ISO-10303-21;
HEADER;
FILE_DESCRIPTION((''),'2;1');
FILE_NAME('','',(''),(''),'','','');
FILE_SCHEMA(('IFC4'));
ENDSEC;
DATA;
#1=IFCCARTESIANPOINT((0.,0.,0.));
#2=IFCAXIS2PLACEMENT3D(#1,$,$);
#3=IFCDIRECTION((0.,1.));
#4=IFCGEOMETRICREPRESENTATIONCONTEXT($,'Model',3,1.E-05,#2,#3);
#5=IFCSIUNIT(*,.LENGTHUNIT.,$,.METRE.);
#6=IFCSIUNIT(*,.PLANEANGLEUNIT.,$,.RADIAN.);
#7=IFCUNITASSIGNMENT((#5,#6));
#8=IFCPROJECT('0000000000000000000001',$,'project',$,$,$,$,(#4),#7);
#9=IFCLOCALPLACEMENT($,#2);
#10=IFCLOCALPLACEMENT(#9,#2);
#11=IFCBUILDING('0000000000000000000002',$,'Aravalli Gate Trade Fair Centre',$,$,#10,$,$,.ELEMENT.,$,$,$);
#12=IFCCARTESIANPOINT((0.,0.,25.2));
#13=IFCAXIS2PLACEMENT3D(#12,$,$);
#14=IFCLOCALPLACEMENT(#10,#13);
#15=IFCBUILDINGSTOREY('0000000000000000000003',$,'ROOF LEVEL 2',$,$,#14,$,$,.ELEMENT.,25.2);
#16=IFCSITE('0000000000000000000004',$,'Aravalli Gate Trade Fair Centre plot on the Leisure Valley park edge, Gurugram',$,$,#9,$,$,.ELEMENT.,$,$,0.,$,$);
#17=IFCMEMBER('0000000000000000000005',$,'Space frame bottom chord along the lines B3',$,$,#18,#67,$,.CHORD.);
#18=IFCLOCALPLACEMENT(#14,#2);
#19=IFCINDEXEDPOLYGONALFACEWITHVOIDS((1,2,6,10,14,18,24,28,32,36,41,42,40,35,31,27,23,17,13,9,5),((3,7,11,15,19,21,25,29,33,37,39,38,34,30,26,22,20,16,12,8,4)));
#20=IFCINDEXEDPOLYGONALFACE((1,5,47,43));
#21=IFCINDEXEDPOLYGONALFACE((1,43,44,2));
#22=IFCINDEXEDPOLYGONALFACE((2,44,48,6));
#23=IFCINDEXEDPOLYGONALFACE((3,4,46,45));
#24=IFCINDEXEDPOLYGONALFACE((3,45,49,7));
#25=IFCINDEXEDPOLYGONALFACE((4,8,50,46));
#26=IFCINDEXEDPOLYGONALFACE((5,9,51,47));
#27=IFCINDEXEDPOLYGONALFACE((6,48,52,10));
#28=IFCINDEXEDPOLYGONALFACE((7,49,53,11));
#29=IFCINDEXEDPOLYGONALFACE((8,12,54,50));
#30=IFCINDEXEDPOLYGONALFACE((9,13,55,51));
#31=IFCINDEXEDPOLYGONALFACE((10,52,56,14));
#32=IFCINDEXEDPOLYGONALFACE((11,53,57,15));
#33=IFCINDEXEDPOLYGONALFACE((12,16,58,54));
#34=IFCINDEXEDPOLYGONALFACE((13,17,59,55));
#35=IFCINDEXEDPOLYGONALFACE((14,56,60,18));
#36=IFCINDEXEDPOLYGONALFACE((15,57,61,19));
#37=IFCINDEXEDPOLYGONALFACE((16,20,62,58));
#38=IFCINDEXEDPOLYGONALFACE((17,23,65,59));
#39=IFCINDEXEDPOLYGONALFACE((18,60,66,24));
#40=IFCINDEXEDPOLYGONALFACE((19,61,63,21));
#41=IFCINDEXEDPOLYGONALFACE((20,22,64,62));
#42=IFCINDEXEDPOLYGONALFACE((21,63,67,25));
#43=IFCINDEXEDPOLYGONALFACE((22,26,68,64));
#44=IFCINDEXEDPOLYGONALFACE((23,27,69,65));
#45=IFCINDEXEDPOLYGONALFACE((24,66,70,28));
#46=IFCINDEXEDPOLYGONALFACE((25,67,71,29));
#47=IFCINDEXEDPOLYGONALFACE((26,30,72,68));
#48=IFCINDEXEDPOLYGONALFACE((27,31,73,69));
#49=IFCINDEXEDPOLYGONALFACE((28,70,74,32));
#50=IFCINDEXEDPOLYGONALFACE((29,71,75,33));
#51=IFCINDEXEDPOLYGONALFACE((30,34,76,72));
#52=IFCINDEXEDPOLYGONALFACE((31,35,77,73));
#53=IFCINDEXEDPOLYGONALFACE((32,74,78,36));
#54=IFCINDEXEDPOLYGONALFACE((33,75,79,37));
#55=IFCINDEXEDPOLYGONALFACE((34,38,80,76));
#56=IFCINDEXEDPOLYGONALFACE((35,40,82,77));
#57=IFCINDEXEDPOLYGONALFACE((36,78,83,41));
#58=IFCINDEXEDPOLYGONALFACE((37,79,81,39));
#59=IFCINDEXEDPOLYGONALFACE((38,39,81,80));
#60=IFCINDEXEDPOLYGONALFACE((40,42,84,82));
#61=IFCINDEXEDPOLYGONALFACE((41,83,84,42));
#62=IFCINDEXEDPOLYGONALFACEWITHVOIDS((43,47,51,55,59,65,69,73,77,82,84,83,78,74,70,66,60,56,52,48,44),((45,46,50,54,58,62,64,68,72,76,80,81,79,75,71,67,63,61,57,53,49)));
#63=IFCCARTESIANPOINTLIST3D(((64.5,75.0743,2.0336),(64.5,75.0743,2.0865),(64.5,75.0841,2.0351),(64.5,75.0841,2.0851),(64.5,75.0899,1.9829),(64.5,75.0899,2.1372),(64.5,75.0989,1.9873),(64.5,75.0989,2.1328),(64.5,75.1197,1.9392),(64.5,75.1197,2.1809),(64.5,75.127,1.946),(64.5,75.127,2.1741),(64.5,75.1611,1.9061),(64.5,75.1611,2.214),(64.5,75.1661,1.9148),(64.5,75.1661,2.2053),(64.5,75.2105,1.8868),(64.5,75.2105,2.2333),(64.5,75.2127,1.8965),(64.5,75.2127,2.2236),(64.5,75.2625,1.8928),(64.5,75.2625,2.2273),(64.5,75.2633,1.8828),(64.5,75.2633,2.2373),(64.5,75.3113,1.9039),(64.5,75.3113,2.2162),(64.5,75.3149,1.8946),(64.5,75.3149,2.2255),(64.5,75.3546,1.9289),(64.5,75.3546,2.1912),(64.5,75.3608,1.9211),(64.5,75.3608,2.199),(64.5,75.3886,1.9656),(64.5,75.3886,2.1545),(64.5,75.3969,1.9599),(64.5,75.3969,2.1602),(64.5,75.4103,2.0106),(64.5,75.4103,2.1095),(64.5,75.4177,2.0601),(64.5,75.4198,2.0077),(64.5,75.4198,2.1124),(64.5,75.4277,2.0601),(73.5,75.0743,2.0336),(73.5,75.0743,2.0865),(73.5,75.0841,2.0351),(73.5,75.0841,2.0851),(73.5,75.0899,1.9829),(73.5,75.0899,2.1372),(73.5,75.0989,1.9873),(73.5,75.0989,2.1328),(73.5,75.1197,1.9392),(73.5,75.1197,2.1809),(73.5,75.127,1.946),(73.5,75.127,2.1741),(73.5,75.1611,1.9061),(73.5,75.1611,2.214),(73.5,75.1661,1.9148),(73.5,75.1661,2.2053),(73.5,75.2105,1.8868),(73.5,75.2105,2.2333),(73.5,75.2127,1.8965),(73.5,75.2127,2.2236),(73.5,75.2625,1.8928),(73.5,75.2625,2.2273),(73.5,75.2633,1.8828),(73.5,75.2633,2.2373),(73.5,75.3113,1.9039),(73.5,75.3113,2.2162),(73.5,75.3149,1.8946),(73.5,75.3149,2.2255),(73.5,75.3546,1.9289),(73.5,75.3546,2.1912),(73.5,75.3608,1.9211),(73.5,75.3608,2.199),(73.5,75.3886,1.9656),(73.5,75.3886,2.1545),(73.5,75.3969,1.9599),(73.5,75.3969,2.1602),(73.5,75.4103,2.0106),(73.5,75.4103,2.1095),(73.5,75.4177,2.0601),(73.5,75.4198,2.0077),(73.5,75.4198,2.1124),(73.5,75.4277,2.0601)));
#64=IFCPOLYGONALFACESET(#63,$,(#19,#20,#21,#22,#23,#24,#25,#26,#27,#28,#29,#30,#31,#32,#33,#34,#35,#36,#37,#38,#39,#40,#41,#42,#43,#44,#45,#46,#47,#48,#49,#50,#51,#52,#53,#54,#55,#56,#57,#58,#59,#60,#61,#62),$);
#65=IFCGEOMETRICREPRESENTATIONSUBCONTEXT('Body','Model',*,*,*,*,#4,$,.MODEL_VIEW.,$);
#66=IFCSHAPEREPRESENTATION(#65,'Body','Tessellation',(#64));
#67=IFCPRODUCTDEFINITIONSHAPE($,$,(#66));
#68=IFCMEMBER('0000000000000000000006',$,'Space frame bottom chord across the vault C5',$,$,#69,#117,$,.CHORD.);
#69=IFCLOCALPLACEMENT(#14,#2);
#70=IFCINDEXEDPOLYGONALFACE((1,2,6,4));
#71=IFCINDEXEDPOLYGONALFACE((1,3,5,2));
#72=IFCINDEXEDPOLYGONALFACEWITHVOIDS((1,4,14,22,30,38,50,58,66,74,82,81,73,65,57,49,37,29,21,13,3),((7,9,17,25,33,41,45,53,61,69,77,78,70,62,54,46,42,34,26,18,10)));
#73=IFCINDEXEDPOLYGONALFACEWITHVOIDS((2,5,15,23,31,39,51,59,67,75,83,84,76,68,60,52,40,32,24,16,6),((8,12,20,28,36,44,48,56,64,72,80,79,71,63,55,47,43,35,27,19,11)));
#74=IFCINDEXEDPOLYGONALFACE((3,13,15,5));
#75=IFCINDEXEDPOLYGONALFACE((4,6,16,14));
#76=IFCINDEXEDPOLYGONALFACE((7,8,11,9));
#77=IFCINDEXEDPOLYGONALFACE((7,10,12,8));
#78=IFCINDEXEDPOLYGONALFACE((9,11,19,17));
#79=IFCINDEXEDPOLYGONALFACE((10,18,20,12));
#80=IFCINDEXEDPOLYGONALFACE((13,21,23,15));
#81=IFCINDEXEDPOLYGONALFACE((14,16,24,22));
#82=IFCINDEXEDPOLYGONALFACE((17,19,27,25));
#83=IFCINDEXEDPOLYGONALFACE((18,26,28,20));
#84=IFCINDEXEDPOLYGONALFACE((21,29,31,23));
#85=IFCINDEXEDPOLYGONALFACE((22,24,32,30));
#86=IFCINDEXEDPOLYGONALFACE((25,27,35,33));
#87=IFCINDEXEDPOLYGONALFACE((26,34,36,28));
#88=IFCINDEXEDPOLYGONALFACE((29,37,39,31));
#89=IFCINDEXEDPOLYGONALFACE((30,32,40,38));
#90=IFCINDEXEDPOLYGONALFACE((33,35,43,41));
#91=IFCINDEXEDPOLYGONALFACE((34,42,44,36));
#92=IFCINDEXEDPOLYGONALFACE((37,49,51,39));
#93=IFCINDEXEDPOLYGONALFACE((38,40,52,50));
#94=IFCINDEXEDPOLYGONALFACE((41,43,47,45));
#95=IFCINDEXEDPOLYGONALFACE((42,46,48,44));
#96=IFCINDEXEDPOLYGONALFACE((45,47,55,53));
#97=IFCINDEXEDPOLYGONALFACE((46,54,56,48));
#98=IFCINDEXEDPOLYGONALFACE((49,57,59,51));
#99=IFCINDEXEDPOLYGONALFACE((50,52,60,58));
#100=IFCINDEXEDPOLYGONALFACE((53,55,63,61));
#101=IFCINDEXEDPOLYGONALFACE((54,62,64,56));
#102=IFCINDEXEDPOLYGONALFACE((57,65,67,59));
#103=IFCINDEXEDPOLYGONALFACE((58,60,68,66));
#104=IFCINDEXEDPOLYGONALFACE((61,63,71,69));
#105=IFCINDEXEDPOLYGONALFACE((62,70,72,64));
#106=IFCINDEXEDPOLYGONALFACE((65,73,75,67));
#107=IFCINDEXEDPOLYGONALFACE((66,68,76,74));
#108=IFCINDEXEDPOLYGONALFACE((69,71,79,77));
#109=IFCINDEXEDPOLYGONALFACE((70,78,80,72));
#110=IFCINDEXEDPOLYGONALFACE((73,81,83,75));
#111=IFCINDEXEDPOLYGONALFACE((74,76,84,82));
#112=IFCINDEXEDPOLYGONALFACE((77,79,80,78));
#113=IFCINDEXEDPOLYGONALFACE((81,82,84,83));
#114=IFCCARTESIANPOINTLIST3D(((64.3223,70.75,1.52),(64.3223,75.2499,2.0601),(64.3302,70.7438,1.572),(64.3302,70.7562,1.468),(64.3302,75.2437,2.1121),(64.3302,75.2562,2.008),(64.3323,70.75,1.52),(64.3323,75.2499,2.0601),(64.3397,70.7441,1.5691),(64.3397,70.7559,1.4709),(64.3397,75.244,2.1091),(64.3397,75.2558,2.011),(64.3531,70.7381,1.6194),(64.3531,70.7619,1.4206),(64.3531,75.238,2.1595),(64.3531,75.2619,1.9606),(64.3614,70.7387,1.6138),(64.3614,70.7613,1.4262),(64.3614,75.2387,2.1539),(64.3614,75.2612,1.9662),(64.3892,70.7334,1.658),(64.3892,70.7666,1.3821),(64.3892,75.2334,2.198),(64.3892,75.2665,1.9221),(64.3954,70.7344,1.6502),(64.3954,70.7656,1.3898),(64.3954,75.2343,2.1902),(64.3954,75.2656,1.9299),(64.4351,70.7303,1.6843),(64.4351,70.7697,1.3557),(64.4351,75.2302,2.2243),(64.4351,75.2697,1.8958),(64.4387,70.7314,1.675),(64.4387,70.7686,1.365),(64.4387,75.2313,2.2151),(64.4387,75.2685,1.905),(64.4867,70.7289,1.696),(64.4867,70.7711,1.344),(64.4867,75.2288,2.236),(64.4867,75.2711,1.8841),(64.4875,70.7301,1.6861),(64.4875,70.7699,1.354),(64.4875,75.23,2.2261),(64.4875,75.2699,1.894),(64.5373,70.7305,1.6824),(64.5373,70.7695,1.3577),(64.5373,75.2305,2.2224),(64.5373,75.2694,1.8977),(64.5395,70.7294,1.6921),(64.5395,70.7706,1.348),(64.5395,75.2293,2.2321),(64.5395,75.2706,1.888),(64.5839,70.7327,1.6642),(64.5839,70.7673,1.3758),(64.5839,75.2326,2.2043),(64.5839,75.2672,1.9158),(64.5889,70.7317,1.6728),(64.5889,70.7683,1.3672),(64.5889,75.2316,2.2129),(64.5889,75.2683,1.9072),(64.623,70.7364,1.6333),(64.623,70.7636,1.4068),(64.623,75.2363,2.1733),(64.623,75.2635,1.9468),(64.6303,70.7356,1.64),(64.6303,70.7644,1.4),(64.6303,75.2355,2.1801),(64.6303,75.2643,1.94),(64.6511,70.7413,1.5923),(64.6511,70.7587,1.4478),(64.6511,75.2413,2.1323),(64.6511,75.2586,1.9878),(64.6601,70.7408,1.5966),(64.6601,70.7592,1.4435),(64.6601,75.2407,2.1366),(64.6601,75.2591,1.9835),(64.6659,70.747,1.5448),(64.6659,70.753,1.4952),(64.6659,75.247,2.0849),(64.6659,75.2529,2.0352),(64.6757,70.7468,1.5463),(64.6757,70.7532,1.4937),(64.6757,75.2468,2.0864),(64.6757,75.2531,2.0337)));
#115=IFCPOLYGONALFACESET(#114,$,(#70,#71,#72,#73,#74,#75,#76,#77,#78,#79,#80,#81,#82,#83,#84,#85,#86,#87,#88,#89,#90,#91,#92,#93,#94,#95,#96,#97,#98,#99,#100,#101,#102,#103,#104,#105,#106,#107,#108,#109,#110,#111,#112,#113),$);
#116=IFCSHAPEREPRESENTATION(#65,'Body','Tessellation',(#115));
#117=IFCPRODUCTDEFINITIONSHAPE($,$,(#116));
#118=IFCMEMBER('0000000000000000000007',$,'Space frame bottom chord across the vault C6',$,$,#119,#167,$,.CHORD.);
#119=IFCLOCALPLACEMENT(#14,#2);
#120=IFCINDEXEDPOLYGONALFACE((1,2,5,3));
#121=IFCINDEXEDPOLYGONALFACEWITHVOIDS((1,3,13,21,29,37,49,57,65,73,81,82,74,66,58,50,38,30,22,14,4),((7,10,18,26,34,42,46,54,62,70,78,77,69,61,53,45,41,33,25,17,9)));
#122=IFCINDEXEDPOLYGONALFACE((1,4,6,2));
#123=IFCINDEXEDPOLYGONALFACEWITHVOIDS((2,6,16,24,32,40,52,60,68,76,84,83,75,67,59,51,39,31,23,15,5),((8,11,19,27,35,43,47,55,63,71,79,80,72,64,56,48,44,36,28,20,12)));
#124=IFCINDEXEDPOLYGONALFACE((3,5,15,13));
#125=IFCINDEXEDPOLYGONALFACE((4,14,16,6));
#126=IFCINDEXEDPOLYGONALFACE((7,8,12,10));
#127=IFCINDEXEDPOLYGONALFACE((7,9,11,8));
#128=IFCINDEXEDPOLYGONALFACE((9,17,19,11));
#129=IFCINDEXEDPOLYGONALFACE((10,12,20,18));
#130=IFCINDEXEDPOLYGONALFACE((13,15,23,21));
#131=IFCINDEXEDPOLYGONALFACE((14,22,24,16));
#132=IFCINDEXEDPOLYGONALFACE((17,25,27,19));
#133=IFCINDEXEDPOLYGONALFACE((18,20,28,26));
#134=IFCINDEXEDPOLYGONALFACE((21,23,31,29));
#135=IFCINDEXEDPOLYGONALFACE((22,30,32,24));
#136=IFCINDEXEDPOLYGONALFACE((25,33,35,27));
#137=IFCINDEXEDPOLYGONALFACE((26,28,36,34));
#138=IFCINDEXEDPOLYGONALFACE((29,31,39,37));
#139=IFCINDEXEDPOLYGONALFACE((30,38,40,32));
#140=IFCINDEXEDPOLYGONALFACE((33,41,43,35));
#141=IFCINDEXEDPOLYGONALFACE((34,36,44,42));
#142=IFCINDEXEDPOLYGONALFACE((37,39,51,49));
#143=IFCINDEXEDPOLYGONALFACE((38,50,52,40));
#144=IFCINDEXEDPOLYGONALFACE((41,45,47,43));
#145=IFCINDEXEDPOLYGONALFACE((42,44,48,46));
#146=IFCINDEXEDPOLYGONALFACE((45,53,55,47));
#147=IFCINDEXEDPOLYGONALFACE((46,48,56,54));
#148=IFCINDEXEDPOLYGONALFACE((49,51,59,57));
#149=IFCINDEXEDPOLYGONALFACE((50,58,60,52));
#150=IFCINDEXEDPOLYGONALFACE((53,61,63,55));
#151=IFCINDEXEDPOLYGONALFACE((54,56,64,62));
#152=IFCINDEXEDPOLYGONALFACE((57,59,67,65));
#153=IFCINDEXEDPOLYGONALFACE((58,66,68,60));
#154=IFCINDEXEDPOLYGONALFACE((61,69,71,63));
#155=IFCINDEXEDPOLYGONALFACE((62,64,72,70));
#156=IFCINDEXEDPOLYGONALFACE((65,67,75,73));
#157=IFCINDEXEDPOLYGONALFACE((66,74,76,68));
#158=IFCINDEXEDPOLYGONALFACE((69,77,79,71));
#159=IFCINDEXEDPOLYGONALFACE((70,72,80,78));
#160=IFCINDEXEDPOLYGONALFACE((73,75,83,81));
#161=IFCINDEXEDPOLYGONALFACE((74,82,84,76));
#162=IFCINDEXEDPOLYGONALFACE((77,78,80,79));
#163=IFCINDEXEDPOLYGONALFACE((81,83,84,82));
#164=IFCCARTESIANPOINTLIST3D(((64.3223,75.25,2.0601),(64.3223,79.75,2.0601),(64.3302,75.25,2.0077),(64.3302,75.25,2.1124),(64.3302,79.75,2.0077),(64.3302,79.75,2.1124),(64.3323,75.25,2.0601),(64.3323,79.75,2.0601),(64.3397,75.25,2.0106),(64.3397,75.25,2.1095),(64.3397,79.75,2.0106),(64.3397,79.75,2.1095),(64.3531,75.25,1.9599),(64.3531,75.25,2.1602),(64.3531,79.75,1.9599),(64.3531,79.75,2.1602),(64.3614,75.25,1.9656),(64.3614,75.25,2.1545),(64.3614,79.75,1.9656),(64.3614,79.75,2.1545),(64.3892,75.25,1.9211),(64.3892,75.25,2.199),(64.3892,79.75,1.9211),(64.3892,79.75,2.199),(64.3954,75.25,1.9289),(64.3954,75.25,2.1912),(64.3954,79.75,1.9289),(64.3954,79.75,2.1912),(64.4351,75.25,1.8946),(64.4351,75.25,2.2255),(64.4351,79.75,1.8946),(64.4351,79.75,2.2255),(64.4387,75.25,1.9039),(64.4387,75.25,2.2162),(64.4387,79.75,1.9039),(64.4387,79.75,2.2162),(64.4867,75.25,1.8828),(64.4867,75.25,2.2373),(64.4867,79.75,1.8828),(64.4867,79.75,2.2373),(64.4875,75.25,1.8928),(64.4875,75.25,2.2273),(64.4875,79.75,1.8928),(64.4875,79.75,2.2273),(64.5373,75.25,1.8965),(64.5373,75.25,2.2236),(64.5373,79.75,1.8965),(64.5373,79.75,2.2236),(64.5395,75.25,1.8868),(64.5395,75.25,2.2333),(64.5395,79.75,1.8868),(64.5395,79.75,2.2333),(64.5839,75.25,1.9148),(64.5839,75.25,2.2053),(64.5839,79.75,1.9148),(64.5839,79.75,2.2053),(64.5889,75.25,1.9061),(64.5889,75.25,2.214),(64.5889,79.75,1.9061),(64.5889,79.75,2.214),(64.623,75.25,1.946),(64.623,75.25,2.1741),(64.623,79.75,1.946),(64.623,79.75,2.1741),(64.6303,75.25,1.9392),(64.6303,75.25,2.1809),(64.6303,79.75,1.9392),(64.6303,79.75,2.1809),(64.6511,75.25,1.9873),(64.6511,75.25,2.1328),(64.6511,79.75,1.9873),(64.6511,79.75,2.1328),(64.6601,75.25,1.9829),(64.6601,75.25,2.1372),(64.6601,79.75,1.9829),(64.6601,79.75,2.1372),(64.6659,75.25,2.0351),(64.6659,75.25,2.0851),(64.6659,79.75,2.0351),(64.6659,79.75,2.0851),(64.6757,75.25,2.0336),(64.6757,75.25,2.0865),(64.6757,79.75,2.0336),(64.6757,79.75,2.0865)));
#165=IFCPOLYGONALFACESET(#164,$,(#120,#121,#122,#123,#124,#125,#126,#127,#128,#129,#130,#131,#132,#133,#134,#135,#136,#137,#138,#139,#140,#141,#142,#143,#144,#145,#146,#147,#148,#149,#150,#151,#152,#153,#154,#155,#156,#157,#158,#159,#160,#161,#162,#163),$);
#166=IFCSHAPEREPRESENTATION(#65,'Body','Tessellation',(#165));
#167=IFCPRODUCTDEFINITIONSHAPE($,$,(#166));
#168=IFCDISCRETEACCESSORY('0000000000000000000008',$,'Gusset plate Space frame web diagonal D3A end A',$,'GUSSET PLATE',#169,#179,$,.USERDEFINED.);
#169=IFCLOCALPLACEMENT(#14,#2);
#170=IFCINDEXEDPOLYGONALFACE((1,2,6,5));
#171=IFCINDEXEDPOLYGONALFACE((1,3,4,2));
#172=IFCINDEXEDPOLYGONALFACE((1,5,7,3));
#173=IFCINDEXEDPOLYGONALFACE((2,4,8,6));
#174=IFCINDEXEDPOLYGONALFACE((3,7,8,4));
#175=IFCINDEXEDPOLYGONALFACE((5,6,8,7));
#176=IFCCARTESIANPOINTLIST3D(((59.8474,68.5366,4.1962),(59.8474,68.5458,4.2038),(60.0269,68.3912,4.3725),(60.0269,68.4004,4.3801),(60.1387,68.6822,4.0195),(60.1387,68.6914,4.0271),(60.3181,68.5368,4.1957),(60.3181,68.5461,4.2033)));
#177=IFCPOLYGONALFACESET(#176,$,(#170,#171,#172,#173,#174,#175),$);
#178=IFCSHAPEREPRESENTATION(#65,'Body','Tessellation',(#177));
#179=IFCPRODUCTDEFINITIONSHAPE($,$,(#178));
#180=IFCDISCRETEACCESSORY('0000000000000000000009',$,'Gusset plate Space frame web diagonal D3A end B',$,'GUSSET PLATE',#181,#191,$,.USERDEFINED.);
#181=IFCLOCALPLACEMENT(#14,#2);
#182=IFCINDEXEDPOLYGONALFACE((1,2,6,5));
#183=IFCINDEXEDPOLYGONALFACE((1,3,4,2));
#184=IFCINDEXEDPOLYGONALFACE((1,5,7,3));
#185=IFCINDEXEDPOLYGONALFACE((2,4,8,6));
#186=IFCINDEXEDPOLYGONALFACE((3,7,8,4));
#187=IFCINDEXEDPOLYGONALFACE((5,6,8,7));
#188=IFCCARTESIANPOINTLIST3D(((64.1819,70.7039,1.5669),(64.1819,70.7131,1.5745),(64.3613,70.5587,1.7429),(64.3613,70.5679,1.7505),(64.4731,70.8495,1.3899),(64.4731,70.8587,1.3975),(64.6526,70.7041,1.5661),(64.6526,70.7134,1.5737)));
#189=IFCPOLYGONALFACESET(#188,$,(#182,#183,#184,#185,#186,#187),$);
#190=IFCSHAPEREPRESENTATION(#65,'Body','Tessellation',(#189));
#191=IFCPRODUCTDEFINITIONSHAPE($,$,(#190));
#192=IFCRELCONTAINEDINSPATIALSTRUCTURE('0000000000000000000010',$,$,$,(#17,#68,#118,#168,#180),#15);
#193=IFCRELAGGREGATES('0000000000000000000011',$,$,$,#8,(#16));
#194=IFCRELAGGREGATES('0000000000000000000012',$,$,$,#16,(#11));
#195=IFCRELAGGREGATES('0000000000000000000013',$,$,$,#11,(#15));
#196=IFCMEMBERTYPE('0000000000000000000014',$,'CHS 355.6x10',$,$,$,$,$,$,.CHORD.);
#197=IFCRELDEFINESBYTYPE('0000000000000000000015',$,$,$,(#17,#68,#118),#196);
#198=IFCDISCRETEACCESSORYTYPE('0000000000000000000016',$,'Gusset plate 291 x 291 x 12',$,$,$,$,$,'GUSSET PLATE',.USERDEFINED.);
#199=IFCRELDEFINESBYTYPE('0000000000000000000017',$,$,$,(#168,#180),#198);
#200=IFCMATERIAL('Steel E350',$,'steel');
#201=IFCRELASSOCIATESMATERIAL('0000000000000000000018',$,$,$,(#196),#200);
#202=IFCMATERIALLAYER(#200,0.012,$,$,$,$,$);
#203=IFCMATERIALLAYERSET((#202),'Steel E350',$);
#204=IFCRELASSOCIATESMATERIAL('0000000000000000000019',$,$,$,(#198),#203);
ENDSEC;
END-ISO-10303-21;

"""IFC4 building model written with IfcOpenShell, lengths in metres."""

from ifc_helpers import new_model, si_unit, direction, frame, origin, origin_2d, place, context, subcontext, project, spatial, polyline, hollow_circle, outline, extrude, material, layer, layer_set, material_profile, profile_set, type_object, element, save


model = new_model("IFC4")

# Units and contexts
model_context = context("Model", 3, precision=1e-05, world=origin(), true_north=direction((0.0, 1.0)))
body_context = subcontext(model_context, "Body", "Model", "MODEL_VIEW")
ifc_project = project(units=[si_unit("LENGTHUNIT", "METRE"), si_unit("PLANEANGLEUNIT", "RADIAN")], contexts=[model_context])

# Site, building, storey
site_placement = place(None, origin())
site = spatial("IfcSite", under=ifc_project, at=site_placement, Name="Aravalli Gate Trade Fair Centre plot on the Leisure Valley park edge, Gurugram", CompositionType="ELEMENT", RefElevation=0.0)
building_placement = place(site_placement, origin())
building = spatial("IfcBuilding", under=site, at=building_placement, Name="Aravalli Gate Trade Fair Centre", CompositionType="ELEMENT")
storey_placement = place(building_placement, frame((0.0, 0.0, 25.2)))
storey = spatial("IfcBuildingStorey", under=building, at=storey_placement, Name="ROOF LEVEL 2", CompositionType="ELEMENT", Elevation=25.2)

# Members
ifc_material = material(Name="Steel E350", Category="steel")
ifc_material_profile_1 = material_profile(ifc_material, hollow_circle(Radius=0.1777, WallThickness=0.01, at=origin_2d()), Name="CHS 355.6x10")
ifc_profile_set_1 = profile_set([ifc_material_profile_1], Name="Steel E350")
member_type_1 = type_object("IfcMemberType", Name="CHS 355.6x10", PredefinedType="CHORD", material=ifc_profile_set_1)
for number, where, z_axis, x_axis, name in (
    (1, (64.5, 75.25, 2.0601), (1.0, 0.0, 0.0), (0.0, 1.0, 0.0), "Space frame bottom chord along the lines B3"),
):
    element("IfcMember", number, at=place(storey_placement, frame(where, z_axis=z_axis, x_axis=x_axis)), inside=storey, type_object=member_type_1, Name=name, PredefinedType="CHORD", context=body_context, shape_type="SweptSolid", body=[
        extrude(hollow_circle(Radius=0.1777, WallThickness=0.01, at=origin_2d()), origin(), (0.0, 0.0, 1.0), 9.0),
    ])
member_1_placement = place(storey_placement, frame((64.5, 70.75, 1.52), z_axis=(0.0, 0.992876, 0.119154), x_axis=(-1.0, 0.0, 0.0)))
element("IfcMember", 2, at=member_1_placement, inside=storey, type_object=member_type_1, Name="Space frame bottom chord across the vault C5", PredefinedType="CHORD", context=body_context, shape_type="SweptSolid", body=[
    extrude(hollow_circle(Radius=0.1777, WallThickness=0.01, at=origin_2d()), origin(), (0.0, 0.0, 1.0), 4.5322),
])
member_2_placement = place(storey_placement, frame((64.5, 75.25, 2.0601), z_axis=(0.0, 1.0, 0.0), x_axis=(-1.0, 0.0, 0.0)))
element("IfcMember", 3, at=member_2_placement, inside=storey, type_object=member_type_1, Name="Space frame bottom chord across the vault C6", PredefinedType="CHORD", context=body_context, shape_type="SweptSolid", body=[
    extrude(hollow_circle(Radius=0.1777, WallThickness=0.01, at=origin_2d()), origin(), (0.0, 0.0, 1.0), 4.5),
])

# Discrete accessories
ifc_layer = layer(ifc_material, 0.012)
ifc_layer_set = layer_set([ifc_layer], Name="Steel E350")
discrete_accessory_type = type_object("IfcDiscreteAccessoryType", Name="Gusset plate 291 x 291 x 12", ElementType="GUSSET PLATE", PredefinedType="USERDEFINED", material=ifc_layer_set)
discrete_accessory_1_placement = place(storey_placement, frame((60.1387, 68.6914, 4.0271), z_axis=(0.00026, 0.771582, 0.63613), x_axis=(-0.78619, -0.392962, 0.476956)))
element("IfcDiscreteAccessory", 4, at=discrete_accessory_1_placement, inside=storey, type_object=discrete_accessory_type, Name="Gusset plate Space frame web diagonal D3A end A", ObjectType="GUSSET PLATE", PredefinedType="USERDEFINED", context=body_context, shape_type="SweptSolid", body=[
    extrude(outline(polyline([(0.0, 0.0), (0.3705, 0.0), (0.3706, 0.2906), (0.0001, 0.2905), (0.0, 0.0)])), origin(), (0.0, 0.0, -1.0), 0.012),
])
discrete_accessory_2_placement = place(storey_placement, frame((64.1819, 70.7131, 1.5745), z_axis=(0.000589, 0.771792, 0.635874), x_axis=(0.785943, 0.392803, -0.477493)))
element("IfcDiscreteAccessory", 5, at=discrete_accessory_2_placement, inside=storey, type_object=discrete_accessory_type, Name="Gusset plate Space frame web diagonal D3A end B", ObjectType="GUSSET PLATE", PredefinedType="USERDEFINED", context=body_context, shape_type="SweptSolid", body=[
    extrude(outline(polyline([(0.0, 0.0), (0.3706, 0.0), (0.3704, -0.2905), (-0.0001, -0.2903), (0.0, 0.0)])), origin(), (0.0, 0.0, -1.0), 0.012),
])

save(model, "model.ifc")
